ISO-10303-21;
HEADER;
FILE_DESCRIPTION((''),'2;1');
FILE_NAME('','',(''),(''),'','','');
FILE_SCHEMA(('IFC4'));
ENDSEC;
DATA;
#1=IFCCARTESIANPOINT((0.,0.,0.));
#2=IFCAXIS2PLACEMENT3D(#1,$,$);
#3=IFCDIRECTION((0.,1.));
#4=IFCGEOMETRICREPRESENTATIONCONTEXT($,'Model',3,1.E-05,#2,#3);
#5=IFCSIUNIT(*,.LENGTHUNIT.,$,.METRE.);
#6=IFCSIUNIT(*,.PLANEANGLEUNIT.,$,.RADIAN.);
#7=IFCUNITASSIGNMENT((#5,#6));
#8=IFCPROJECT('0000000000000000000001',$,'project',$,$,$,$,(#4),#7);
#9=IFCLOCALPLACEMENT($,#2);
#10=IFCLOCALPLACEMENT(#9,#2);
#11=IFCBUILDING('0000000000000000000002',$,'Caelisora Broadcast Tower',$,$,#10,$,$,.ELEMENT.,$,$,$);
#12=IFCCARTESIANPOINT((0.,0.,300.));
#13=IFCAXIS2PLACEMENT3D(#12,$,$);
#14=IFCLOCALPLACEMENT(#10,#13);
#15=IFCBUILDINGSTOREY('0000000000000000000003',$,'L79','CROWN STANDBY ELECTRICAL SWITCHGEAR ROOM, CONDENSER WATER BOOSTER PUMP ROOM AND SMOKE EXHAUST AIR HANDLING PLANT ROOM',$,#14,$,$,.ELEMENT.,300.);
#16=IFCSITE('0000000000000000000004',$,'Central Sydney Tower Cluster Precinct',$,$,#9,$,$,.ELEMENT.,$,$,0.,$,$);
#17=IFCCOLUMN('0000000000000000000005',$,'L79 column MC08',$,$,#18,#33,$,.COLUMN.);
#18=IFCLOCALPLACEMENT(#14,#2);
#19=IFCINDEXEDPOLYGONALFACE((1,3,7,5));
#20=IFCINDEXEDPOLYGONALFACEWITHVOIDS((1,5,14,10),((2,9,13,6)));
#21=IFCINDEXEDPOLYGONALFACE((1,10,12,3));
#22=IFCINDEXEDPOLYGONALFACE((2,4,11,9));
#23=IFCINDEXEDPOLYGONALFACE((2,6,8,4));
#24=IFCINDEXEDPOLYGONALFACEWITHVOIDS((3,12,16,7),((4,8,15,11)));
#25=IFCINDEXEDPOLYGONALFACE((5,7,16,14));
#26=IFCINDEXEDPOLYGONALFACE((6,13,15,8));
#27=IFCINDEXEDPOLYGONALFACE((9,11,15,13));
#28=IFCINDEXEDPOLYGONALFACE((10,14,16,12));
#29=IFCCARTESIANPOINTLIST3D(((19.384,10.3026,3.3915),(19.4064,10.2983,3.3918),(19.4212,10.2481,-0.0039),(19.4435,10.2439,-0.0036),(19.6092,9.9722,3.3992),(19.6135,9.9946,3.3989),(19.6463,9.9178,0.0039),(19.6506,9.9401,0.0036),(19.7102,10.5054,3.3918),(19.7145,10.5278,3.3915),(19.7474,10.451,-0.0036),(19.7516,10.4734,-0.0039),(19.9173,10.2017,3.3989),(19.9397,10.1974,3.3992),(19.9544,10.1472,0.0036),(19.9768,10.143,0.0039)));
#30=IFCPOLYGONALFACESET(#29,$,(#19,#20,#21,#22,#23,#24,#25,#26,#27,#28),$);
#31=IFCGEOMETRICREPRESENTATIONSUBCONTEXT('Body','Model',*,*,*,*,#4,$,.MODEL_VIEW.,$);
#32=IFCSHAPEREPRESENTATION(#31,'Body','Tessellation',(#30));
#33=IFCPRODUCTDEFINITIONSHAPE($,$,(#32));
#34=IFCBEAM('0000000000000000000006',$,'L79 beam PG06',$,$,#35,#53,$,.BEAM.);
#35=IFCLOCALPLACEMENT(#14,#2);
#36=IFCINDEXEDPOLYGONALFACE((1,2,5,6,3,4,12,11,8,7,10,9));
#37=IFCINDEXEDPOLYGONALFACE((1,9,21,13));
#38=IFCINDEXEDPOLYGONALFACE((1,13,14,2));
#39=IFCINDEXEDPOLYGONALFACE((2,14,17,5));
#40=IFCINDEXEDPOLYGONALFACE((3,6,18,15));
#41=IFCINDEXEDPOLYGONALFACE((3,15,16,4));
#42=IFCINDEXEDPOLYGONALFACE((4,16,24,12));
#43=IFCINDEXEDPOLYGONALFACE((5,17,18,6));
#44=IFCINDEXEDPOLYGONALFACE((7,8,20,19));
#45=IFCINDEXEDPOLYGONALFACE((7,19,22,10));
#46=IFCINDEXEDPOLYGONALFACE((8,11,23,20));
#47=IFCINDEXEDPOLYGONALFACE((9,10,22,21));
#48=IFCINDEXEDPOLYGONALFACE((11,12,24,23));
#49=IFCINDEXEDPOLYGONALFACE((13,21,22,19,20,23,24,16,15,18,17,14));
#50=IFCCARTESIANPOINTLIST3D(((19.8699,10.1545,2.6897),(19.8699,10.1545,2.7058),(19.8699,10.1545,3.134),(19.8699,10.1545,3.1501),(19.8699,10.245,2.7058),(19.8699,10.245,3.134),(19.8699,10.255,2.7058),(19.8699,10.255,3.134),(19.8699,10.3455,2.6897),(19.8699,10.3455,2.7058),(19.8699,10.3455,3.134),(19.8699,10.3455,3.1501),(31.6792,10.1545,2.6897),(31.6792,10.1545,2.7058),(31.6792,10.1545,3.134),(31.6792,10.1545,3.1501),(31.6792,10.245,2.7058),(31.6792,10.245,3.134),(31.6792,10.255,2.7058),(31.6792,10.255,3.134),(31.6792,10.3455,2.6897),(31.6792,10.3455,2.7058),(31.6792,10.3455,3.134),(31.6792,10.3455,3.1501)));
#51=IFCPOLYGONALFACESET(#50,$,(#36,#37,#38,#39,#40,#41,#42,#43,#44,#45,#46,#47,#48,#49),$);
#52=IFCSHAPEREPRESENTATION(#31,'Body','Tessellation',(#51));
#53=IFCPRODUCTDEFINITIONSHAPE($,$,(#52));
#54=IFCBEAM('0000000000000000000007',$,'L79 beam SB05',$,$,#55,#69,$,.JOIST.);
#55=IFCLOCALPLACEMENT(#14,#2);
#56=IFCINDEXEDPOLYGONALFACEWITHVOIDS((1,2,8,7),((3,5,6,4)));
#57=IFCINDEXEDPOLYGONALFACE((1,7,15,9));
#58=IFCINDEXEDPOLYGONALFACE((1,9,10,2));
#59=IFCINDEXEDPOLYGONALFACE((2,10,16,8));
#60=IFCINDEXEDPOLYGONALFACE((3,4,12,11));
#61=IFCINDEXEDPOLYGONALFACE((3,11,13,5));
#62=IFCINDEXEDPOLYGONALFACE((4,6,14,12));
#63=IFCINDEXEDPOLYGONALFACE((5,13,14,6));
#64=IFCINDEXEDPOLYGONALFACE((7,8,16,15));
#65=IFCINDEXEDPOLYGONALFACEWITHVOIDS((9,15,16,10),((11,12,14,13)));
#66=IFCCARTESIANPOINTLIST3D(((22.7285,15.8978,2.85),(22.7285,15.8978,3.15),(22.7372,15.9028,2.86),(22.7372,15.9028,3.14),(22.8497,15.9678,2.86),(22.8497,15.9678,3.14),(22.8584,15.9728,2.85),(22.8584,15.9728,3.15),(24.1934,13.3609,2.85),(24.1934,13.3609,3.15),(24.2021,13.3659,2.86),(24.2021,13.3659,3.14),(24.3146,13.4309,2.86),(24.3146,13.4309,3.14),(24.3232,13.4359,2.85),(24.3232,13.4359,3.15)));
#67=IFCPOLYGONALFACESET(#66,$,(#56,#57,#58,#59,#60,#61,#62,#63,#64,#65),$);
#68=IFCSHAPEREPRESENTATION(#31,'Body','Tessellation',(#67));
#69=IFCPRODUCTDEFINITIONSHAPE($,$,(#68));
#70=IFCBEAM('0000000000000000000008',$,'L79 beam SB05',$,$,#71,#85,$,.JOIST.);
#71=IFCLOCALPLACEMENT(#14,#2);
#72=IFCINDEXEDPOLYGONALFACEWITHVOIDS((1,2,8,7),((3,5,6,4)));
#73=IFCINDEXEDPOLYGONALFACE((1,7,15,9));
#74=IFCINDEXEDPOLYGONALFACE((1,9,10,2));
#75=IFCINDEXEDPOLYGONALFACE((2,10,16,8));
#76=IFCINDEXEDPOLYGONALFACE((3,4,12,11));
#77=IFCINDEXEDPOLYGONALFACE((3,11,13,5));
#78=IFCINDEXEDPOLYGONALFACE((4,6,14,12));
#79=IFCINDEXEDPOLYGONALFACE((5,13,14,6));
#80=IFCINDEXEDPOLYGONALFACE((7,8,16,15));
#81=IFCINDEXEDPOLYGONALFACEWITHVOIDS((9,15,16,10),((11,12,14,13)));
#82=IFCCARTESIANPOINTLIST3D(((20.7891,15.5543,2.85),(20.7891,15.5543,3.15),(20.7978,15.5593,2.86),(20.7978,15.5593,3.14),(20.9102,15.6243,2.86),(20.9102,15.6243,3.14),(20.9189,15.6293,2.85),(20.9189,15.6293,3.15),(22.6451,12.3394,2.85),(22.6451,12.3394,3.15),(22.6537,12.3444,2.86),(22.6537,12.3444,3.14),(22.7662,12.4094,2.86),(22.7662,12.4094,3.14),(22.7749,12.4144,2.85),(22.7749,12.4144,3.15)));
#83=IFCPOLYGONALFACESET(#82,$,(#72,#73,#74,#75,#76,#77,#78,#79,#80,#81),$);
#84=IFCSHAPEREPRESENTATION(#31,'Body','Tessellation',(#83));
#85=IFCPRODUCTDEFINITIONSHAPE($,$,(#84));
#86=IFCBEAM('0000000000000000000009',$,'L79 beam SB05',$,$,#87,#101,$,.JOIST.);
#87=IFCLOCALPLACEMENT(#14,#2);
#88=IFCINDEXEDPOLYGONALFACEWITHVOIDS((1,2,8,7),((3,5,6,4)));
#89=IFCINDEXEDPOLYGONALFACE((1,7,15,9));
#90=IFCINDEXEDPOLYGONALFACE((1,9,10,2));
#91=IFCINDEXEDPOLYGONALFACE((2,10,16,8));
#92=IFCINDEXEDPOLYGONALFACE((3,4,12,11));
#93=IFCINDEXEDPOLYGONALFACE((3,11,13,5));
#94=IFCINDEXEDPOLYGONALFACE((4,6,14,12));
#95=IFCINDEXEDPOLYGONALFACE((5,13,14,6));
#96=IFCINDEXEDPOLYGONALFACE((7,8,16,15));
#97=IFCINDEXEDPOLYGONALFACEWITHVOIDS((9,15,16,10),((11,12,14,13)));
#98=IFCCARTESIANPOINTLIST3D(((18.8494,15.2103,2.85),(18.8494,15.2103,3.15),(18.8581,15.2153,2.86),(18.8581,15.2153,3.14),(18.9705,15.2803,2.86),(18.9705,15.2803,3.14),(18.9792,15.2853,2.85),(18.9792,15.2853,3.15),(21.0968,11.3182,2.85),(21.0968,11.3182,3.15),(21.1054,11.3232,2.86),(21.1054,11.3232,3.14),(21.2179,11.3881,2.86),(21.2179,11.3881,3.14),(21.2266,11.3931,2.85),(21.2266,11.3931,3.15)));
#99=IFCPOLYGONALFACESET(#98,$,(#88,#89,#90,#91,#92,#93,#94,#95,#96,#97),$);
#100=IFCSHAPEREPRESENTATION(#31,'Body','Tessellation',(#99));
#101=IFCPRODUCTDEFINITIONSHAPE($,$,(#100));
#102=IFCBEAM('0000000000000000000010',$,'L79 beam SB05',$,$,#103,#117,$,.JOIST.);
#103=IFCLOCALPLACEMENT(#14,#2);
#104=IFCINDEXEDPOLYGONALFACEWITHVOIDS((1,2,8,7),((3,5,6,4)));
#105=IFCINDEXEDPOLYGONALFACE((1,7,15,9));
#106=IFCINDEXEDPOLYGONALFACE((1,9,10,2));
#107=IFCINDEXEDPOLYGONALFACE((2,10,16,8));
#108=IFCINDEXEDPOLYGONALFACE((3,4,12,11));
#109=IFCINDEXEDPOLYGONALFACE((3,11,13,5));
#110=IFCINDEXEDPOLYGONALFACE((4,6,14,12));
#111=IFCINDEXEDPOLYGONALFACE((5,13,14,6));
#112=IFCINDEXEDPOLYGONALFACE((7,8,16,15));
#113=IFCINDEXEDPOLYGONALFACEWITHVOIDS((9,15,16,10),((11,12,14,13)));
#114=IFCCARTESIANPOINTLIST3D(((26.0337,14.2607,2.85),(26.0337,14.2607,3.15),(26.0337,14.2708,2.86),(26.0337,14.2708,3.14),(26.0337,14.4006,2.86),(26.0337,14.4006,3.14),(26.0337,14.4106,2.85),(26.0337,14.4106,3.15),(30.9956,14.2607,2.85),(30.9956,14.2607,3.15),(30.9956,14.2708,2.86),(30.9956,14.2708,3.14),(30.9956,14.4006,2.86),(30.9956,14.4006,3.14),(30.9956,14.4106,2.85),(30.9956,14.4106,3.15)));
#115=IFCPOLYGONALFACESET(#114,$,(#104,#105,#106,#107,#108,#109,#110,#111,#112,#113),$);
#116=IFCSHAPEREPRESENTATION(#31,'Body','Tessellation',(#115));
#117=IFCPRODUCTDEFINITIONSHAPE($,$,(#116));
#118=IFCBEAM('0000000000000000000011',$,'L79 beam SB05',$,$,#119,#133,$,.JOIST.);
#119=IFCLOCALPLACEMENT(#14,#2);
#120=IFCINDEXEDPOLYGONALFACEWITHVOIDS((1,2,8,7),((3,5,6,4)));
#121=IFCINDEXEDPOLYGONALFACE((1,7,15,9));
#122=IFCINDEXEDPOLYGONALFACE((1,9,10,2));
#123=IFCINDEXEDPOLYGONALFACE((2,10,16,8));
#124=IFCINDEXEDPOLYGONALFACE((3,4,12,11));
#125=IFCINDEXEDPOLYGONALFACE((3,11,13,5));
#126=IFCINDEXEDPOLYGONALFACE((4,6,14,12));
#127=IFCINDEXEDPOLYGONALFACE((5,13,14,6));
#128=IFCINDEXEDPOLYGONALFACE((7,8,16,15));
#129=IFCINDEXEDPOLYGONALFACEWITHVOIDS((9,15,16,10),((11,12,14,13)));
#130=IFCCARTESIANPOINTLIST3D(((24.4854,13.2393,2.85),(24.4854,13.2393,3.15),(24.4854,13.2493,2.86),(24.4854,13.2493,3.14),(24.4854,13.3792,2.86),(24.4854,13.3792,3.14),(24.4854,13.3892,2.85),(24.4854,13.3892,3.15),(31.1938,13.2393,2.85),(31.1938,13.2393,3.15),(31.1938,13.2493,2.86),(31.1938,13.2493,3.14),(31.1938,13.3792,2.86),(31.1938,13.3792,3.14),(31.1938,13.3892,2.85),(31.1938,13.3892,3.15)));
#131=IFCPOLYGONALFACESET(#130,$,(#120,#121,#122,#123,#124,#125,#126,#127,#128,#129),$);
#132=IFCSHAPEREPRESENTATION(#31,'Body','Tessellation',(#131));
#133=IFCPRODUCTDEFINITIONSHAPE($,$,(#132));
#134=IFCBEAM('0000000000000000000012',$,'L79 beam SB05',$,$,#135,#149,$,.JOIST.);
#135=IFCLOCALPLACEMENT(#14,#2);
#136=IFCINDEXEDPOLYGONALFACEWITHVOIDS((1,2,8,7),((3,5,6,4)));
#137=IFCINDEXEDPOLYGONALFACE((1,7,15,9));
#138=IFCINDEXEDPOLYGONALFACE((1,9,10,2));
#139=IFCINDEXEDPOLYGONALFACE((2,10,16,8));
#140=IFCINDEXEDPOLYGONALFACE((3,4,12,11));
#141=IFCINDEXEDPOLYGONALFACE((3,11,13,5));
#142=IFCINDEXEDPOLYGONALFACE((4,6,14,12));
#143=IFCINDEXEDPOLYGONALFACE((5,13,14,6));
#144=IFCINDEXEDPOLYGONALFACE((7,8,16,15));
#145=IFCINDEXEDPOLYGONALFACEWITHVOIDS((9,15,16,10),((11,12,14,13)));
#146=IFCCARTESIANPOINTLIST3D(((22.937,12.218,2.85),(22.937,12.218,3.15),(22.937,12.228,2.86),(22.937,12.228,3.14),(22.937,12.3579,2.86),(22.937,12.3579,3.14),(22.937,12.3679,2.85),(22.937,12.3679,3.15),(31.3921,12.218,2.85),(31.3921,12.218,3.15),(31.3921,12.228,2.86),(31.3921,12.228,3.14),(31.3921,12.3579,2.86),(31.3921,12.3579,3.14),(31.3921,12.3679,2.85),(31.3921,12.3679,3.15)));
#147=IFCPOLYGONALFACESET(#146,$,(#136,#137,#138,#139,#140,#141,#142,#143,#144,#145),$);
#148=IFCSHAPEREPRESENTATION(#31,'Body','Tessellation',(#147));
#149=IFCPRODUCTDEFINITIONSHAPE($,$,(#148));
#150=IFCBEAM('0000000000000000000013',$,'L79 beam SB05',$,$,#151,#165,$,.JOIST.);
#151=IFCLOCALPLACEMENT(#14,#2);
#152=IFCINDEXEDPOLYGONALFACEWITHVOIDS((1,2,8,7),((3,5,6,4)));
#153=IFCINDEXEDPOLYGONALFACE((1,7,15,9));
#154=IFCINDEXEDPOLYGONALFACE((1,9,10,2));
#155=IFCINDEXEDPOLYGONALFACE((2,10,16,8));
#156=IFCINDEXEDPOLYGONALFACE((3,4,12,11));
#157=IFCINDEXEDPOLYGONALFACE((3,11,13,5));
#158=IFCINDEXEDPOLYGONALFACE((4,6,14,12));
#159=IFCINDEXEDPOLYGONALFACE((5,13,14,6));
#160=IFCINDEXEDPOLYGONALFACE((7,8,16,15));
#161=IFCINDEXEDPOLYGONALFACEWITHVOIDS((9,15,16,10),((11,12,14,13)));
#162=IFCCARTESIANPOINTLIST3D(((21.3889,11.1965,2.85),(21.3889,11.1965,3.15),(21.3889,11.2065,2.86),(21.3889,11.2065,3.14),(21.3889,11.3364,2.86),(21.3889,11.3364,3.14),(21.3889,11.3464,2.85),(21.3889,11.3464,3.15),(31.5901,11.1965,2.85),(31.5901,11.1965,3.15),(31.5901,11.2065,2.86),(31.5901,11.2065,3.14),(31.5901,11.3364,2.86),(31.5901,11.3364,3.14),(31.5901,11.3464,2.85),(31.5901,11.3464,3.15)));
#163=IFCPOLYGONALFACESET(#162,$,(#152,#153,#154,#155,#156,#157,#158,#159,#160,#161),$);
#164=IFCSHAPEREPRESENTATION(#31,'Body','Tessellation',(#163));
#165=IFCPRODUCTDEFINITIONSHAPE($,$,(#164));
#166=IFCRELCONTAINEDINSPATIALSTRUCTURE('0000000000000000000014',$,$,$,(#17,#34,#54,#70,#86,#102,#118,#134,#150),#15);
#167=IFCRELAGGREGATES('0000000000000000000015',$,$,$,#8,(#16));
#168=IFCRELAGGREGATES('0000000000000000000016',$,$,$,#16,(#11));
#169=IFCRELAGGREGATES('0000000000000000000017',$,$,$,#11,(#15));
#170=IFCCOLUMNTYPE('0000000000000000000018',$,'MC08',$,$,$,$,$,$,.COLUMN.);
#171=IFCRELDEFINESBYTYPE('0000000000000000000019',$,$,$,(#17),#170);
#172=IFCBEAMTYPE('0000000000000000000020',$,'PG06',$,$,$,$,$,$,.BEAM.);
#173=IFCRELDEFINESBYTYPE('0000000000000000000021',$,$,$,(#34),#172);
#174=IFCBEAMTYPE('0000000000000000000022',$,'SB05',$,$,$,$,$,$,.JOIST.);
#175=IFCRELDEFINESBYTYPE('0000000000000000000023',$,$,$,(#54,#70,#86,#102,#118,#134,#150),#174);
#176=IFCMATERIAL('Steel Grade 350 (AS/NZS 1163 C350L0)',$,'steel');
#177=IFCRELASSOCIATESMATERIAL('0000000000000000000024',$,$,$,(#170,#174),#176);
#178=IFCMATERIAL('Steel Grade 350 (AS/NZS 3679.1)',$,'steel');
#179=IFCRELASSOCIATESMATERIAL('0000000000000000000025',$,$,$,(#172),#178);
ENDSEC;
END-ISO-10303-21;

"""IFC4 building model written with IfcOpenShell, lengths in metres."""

from ifc_helpers import new_model, si_unit, direction, frame, origin, origin_2d, place, context, subcontext, project, spatial, hollow_rectangle, i_section, extrude, source, transform, mapped, material, material_profile, profile_set, type_object, type_shapes, element, save


model = new_model("IFC4")

# Units and contexts
model_context = context("Model", 3, precision=1e-05, world=origin(), true_north=direction((0.0, 1.0)))
body_context = subcontext(model_context, "Body", "Model", "MODEL_VIEW")
ifc_project = project(units=[si_unit("LENGTHUNIT", "METRE"), si_unit("PLANEANGLEUNIT", "RADIAN")], contexts=[model_context])

# Site, building, storey
site_placement = place(None, origin())
site = spatial("IfcSite", under=ifc_project, at=site_placement, Name="Central Sydney Tower Cluster Precinct", CompositionType="ELEMENT", RefElevation=0.0)
building_placement = place(site_placement, origin())
building = spatial("IfcBuilding", under=site, at=building_placement, Name="Caelisora Broadcast Tower", CompositionType="ELEMENT")
storey_placement = place(building_placement, frame((0.0, 0.0, 300.0)))
storey = spatial("IfcBuildingStorey", under=building, at=storey_placement, Name="L79", Description="CROWN STANDBY ELECTRICAL SWITCHGEAR ROOM, CONDENSER WATER BOOSTER PUMP ROOM AND SMOKE EXHAUST AIR HANDLING PLANT ROOM", CompositionType="ELEMENT", Elevation=300.0)

# Column
ifc_material_1 = material(Name="Steel Grade 350 (AS/NZS 1163 C350L0)", Category="steel")
ifc_material_profile_1 = material_profile(ifc_material_1, hollow_rectangle(XDim=0.3999, YDim=0.3999, WallThickness=0.0161, at=origin_2d()), Name="Steel Grade 350 (AS/NZS 1163 C350L0)")
ifc_profile_set_1 = profile_set([ifc_material_profile_1], Name="Steel Grade 350 (AS/NZS 1163 C350L0)")
column_type = type_object("IfcColumnType", Name="MC08", PredefinedType="COLUMN", material=ifc_profile_set_1)
shared_shape_1 = source(origin(), body_context, "Body", "SweptSolid", [
    extrude(hollow_rectangle(XDim=0.3999, YDim=0.3999, WallThickness=0.0161, at=origin_2d()), origin(), (0.0, 0.0, 1.0), 3.396),
])
type_shapes(column_type, [shared_shape_1])
column_placement = place(storey_placement, frame((19.699, 10.1956, 0.0), z_axis=(-0.010928, 0.016032, 0.999812), x_axis=(-0.826306, -0.563222, 0.0)))
element("IfcColumn", 1, at=column_placement, inside=storey, type_object=column_type, Name="L79 column MC08", PredefinedType="COLUMN", context=body_context, shape_type="MappedRepresentation", body=[
    mapped(shared_shape_1, transform((0.0, 0.0, 0.0), scale=1.0)),
])

# Beams
ifc_material_2 = material(Name="Steel Grade 350 (AS/NZS 3679.1)", Category="steel")
ifc_material_profile_2 = material_profile(ifc_material_2, i_section(OverallWidth=0.1909, OverallDepth=0.4604, WebThickness=0.01, FlangeThickness=0.0161, at=origin_2d()), Name="Steel Grade 350 (AS/NZS 3679.1)")
ifc_profile_set_2 = profile_set([ifc_material_profile_2], Name="Steel Grade 350 (AS/NZS 3679.1)")
beam_type_1 = type_object("IfcBeamType", Name="PG06", PredefinedType="BEAM", material=ifc_profile_set_2)
shared_shape_2 = source(origin(), body_context, "Body", "SweptSolid", [
    extrude(i_section(OverallWidth=0.1909, OverallDepth=0.4604, WebThickness=0.01, FlangeThickness=0.0161, at=origin_2d()), origin(), (0.0, 0.0, 1.0), 11.8093),
])
type_shapes(beam_type_1, [shared_shape_2])
beam_1_placement = place(storey_placement, frame((19.8699, 10.25, 2.9199), z_axis=(1.0, 0.0, 0.0), x_axis=(0.0, 1.0, 0.0)))
element("IfcBeam", 2, at=beam_1_placement, inside=storey, type_object=beam_type_1, Name="L79 beam PG06", PredefinedType="BEAM", context=body_context, shape_type="MappedRepresentation", body=[
    mapped(shared_shape_2, transform((0.0, 0.0, 0.0), scale=1.0)),
])
ifc_material_profile_3 = material_profile(ifc_material_1, hollow_rectangle(XDim=0.1499, YDim=0.3, WallThickness=0.01, at=origin_2d()), Name="Steel Grade 350 (AS/NZS 1163 C350L0)")
ifc_profile_set_3 = profile_set([ifc_material_profile_3], Name="Steel Grade 350 (AS/NZS 1163 C350L0)")
beam_type_2 = type_object("IfcBeamType", Name="SB05", PredefinedType="JOIST", material=ifc_profile_set_3)
shared_shape_3 = source(origin(), body_context, "Body", "SweptSolid", [
    extrude(hollow_rectangle(XDim=0.1499, YDim=0.3, WallThickness=0.01, at=origin_2d()), origin(), (0.0, 0.0, 1.0), 2.9294),
])
beam_2_placement = place(storey_placement, frame((22.7935, 15.9353, 3.0), z_axis=(0.500047, -0.865998, 0.0), x_axis=(0.865998, 0.500047, 0.0)))
element("IfcBeam", 3, at=beam_2_placement, inside=storey, type_object=beam_type_2, Name="L79 beam SB05", PredefinedType="JOIST", context=body_context, shape_type="MappedRepresentation", body=[
    mapped(shared_shape_3, transform((0.0, 0.0, 0.0), scale=1.0)),
])
shared_shape_4 = source(origin(), body_context, "Body", "SweptSolid", [
    extrude(hollow_rectangle(XDim=0.1499, YDim=0.3, WallThickness=0.01, at=origin_2d()), origin(), (0.0, 0.0, 1.0), 3.7122),
])
beam_3_placement = place(storey_placement, frame((20.854, 15.5918, 3.0), z_axis=(0.499973, -0.866041, 0.0), x_axis=(0.866041, 0.499973, 0.0)))
element("IfcBeam", 4, at=beam_3_placement, inside=storey, type_object=beam_type_2, Name="L79 beam SB05", PredefinedType="JOIST", context=body_context, shape_type="MappedRepresentation", body=[
    mapped(shared_shape_4, transform((0.0, 0.0, 0.0), scale=1.0)),
])
shared_shape_5 = source(origin(), body_context, "Body", "SweptSolid", [
    extrude(hollow_rectangle(XDim=0.1499, YDim=0.3, WallThickness=0.01, at=origin_2d()), origin(), (0.0, 0.0, 1.0), 4.4944),
])
beam_4_placement = place(storey_placement, frame((18.9143, 15.2478, 3.0), z_axis=(0.500036, -0.866005, 0.0), x_axis=(0.866005, 0.500036, 0.0)))
element("IfcBeam", 5, at=beam_4_placement, inside=storey, type_object=beam_type_2, Name="L79 beam SB05", PredefinedType="JOIST", context=body_context, shape_type="MappedRepresentation", body=[
    mapped(shared_shape_5, transform((0.0, 0.0, 0.0), scale=1.0)),
])
shared_shape_6 = source(origin(), body_context, "Body", "SweptSolid", [
    extrude(hollow_rectangle(XDim=0.1499, YDim=0.3, WallThickness=0.01, at=origin_2d()), origin(), (0.0, 0.0, 1.0), 4.9619),
])
beam_5_placement = place(storey_placement, frame((26.0337, 14.3357, 3.0), z_axis=(1.0, 0.0, 0.0), x_axis=(0.0, 1.0, 0.0)))
element("IfcBeam", 6, at=beam_5_placement, inside=storey, type_object=beam_type_2, Name="L79 beam SB05", PredefinedType="JOIST", context=body_context, shape_type="MappedRepresentation", body=[
    mapped(shared_shape_6, transform((0.0, 0.0, 0.0), scale=1.0)),
])
shared_shape_7 = source(origin(), body_context, "Body", "SweptSolid", [
    extrude(hollow_rectangle(XDim=0.1499, YDim=0.3, WallThickness=0.01, at=origin_2d()), origin(), (0.0, 0.0, 1.0), 6.7085),
])
beam_6_placement = place(storey_placement, frame((24.4854, 13.3142, 3.0), z_axis=(1.0, 0.0, 0.0), x_axis=(0.0, 1.0, 0.0)))
element("IfcBeam", 7, at=beam_6_placement, inside=storey, type_object=beam_type_2, Name="L79 beam SB05", PredefinedType="JOIST", context=body_context, shape_type="MappedRepresentation", body=[
    mapped(shared_shape_7, transform((0.0, 0.0, 0.0), scale=1.0)),
])
shared_shape_8 = source(origin(), body_context, "Body", "SweptSolid", [
    extrude(hollow_rectangle(XDim=0.1499, YDim=0.3, WallThickness=0.01, at=origin_2d()), origin(), (0.0, 0.0, 1.0), 8.4551),
])
beam_7_placement = place(storey_placement, frame((22.937, 12.293, 3.0), z_axis=(1.0, 0.0, 0.0), x_axis=(0.0, 1.0, 0.0)))
element("IfcBeam", 8, at=beam_7_placement, inside=storey, type_object=beam_type_2, Name="L79 beam SB05", PredefinedType="JOIST", context=body_context, shape_type="MappedRepresentation", body=[
    mapped(shared_shape_8, transform((0.0, 0.0, 0.0), scale=1.0)),
])
shared_shape_9 = source(origin(), body_context, "Body", "SweptSolid", [
    extrude(hollow_rectangle(XDim=0.1499, YDim=0.3, WallThickness=0.01, at=origin_2d()), origin(), (0.0, 0.0, 1.0), 10.2012),
])
type_shapes(beam_type_2, [shared_shape_3, shared_shape_4, shared_shape_5, shared_shape_6, shared_shape_7, shared_shape_8, shared_shape_9])
beam_8_placement = place(storey_placement, frame((21.3889, 11.2715, 3.0), z_axis=(1.0, 0.0, 0.0), x_axis=(0.0, 1.0, 0.0)))
element("IfcBeam", 9, at=beam_8_placement, inside=storey, type_object=beam_type_2, Name="L79 beam SB05", PredefinedType="JOIST", context=body_context, shape_type="MappedRepresentation", body=[
    mapped(shared_shape_9, transform((0.0, 0.0, 0.0), scale=1.0)),
])

save(model, "model.ifc")
